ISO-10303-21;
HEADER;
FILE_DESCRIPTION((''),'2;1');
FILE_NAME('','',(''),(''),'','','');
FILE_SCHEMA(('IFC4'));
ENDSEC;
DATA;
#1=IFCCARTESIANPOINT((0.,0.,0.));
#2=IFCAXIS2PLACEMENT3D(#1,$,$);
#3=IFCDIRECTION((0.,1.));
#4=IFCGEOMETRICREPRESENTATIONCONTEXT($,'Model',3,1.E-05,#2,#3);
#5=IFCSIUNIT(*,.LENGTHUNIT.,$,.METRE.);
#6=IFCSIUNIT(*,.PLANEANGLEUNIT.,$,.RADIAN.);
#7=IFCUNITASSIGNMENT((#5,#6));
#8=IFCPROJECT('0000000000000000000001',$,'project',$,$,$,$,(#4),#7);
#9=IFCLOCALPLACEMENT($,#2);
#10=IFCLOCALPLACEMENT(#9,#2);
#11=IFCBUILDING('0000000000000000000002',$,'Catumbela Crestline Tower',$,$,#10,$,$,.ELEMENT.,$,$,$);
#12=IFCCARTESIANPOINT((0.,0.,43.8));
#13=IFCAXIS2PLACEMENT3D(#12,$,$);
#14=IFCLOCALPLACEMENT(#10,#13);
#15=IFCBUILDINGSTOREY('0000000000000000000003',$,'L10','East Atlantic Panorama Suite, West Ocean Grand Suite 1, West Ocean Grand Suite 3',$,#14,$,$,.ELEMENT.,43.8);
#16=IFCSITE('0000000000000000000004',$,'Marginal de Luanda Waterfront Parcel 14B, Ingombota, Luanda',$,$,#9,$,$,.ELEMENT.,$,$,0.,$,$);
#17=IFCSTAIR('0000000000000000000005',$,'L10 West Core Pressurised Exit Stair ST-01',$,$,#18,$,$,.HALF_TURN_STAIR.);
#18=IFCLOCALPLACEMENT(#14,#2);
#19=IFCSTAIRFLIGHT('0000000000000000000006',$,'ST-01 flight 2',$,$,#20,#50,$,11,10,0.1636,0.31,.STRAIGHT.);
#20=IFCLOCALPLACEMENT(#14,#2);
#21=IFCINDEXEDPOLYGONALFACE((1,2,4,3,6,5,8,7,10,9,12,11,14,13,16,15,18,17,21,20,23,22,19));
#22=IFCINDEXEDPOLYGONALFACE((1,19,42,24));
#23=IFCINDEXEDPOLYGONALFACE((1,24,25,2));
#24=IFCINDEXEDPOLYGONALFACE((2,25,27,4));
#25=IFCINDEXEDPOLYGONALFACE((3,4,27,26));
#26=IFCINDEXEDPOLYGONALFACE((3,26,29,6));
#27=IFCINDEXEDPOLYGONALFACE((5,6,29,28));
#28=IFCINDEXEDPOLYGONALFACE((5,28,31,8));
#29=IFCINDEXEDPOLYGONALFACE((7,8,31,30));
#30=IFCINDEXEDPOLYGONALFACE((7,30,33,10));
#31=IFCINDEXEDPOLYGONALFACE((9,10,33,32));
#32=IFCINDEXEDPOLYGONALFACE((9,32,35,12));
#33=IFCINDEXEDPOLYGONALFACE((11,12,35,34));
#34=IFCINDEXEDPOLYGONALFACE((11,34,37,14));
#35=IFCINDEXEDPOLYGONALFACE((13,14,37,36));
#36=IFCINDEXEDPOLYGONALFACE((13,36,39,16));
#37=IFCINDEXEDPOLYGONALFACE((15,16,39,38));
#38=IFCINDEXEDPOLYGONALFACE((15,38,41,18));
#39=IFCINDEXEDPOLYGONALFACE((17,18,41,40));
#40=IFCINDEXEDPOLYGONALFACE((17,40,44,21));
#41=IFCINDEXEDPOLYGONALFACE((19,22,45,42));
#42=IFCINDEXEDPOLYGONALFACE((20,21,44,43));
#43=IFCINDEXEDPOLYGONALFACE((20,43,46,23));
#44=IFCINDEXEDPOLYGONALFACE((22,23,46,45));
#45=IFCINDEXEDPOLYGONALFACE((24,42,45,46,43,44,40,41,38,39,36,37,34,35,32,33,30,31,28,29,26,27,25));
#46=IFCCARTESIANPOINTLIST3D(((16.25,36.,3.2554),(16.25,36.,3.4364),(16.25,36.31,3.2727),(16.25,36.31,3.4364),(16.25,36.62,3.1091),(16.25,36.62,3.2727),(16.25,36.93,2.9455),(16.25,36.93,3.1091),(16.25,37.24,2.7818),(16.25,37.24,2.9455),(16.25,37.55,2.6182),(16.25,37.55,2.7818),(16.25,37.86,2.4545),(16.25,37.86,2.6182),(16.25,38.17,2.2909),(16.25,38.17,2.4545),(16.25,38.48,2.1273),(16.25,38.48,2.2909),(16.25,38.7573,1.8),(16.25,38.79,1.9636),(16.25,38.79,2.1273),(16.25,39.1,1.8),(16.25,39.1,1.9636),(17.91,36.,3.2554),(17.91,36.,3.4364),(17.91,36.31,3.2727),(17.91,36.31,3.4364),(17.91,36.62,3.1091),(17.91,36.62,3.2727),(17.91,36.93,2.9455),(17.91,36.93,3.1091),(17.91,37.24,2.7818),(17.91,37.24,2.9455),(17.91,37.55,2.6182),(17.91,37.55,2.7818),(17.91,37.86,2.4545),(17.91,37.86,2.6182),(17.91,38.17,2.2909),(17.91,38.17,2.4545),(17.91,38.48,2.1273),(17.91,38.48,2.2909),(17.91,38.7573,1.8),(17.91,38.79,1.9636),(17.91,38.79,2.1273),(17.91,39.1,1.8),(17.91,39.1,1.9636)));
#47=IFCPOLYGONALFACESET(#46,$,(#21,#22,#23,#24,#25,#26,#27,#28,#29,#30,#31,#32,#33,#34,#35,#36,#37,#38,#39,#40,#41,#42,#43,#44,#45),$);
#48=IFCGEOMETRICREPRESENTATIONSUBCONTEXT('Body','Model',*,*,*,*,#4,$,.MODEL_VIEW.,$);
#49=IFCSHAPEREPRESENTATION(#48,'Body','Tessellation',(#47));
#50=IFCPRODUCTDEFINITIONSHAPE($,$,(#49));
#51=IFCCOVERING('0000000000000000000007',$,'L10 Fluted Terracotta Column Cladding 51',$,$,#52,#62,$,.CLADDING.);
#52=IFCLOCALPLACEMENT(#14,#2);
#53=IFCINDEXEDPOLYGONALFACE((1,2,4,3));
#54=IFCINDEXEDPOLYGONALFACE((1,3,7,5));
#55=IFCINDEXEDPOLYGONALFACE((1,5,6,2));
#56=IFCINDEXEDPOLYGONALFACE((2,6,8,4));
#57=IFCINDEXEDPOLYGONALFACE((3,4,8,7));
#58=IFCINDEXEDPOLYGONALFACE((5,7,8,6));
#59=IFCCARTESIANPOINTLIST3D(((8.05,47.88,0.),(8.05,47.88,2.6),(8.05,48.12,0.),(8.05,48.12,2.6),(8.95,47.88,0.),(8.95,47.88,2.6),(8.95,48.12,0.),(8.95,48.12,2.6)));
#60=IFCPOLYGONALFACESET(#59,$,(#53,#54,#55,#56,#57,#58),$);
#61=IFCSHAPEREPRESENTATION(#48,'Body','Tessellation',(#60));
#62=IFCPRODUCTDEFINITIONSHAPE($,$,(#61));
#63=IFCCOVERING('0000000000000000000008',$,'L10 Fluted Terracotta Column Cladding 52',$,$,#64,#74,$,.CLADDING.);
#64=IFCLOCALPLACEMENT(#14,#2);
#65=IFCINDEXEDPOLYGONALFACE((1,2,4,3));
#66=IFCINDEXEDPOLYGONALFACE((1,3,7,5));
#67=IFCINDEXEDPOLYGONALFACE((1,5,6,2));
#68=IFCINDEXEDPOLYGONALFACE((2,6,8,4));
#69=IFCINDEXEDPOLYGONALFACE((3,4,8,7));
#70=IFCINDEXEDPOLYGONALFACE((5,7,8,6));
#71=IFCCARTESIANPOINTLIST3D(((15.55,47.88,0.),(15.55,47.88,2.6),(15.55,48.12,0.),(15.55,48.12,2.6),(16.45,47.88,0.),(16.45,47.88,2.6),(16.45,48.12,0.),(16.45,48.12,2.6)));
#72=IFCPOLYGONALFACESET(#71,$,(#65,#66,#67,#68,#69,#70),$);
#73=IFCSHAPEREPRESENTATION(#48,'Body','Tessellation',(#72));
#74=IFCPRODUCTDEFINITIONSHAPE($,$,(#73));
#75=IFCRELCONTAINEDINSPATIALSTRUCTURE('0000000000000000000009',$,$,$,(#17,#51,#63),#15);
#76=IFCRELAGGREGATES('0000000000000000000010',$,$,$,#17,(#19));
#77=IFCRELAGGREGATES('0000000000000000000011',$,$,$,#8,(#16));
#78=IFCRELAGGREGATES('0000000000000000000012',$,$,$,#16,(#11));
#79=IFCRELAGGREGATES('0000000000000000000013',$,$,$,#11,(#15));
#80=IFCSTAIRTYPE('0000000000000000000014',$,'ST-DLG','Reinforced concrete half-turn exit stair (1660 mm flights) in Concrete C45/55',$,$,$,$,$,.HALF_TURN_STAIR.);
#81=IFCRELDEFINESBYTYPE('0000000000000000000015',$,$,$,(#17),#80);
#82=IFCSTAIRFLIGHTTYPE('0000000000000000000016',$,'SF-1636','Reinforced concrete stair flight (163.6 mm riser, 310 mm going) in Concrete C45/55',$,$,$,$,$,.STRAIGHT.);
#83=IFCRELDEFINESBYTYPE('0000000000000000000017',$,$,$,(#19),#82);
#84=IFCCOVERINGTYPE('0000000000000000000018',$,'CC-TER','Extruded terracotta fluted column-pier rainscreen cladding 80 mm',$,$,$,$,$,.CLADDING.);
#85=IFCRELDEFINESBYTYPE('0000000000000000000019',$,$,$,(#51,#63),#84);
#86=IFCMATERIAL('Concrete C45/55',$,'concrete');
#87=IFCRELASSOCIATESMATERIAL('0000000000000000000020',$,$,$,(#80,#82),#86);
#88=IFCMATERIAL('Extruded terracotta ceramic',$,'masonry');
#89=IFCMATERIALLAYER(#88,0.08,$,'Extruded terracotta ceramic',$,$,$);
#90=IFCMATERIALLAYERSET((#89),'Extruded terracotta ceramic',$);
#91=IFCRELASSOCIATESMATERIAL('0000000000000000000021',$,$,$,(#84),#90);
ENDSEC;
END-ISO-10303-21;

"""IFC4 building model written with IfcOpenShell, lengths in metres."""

from ifc_helpers import new_model, si_unit, direction, frame, origin, origin_2d, place, context, subcontext, project, spatial, polyline, rectangle, outline, extrude, material, layer, layer_set, type_object, element, aggregate, save


model = new_model("IFC4")

# Units and contexts
model_context = context("Model", 3, precision=1e-05, world=origin(), true_north=direction((0.0, 1.0)))
body_context = subcontext(model_context, "Body", "Model", "MODEL_VIEW")
ifc_project = project(units=[si_unit("LENGTHUNIT", "METRE"), si_unit("PLANEANGLEUNIT", "RADIAN")], contexts=[model_context])

# Site, building, storey
site_placement = place(None, origin())
site = spatial("IfcSite", under=ifc_project, at=site_placement, Name="Marginal de Luanda Waterfront Parcel 14B, Ingombota, Luanda", CompositionType="ELEMENT", RefElevation=0.0)
building_placement = place(site_placement, origin())
building = spatial("IfcBuilding", under=site, at=building_placement, Name="Catumbela Crestline Tower", CompositionType="ELEMENT")
storey_placement = place(building_placement, frame((0.0, 0.0, 43.8)))
storey = spatial("IfcBuildingStorey", under=building, at=storey_placement, Name="L10", Description="East Atlantic Panorama Suite, West Ocean Grand Suite 1, West Ocean Grand Suite 3", CompositionType="ELEMENT", Elevation=43.8)

# Stair, stair flight
ifc_material_1 = material(Name="Concrete C45/55", Category="concrete")
stair_type = type_object("IfcStairType", Name="ST-DLG", Description="Reinforced concrete half-turn exit stair (1660 mm flights) in Concrete C45/55", PredefinedType="HALF_TURN_STAIR", material=ifc_material_1)
stair_placement = place(storey_placement, origin())
stair = element("IfcStair", 1, at=stair_placement, inside=storey, type_object=stair_type, Name="L10 West Core Pressurised Exit Stair ST-01", PredefinedType="HALF_TURN_STAIR")
stair_flight_type = type_object("IfcStairFlightType", Name="SF-1636", Description="Reinforced concrete stair flight (163.6 mm riser, 310 mm going) in Concrete C45/55", PredefinedType="STRAIGHT", material=ifc_material_1)
stair_flight_1_placement = place(storey_placement, frame((17.08, 39.1, 1.8), z_axis=(0.0, 0.0, 1.0), x_axis=(0.0, -1.0, 0.0)))
stair_flight_1 = element("IfcStairFlight", 2, at=stair_flight_1_placement, type_object=stair_flight_type, Name="ST-01 flight 2", NumberOfRisers=11, NumberOfTreads=10, PredefinedType="STRAIGHT", RiserHeight=0.1636, TreadLength=0.31, context=body_context, shape_type="SweptSolid", body=[
    extrude(outline(polyline([(0.0, 0.0), (0.0, 0.1636), (0.31, 0.1636), (0.31, 0.3273), (0.62, 0.3273), (0.62, 0.4909), (0.93, 0.4909), (0.93, 0.6545), (1.24, 0.6545), (1.24, 0.8182), (1.55, 0.8182), (1.55, 0.9818), (1.86, 0.9818), (1.86, 1.1455), (2.17, 1.1455), (2.17, 1.3091), (2.48, 1.3091), (2.48, 1.4727), (2.79, 1.4727), (2.79, 1.6364), (3.1, 1.6364), (3.1, 1.8), (3.1, 1.4554), (0.3427, 0.0), (0.0, 0.0)])), frame((0.0, 0.83, 0.0), z_axis=(0.0, -1.0, 0.0), x_axis=(1.0, 0.0, 0.0)), (0.0, 0.0, 1.0), 1.66),
])
aggregate(stair, [stair_flight_1])

# Coverings
ifc_material_2 = material(Name="Extruded terracotta ceramic", Category="masonry")
ifc_layer_1 = layer(ifc_material_2, 0.08, Name="Extruded terracotta ceramic")
ifc_layer_set_1 = layer_set([ifc_layer_1], Name="Extruded terracotta ceramic")
covering_type = type_object("IfcCoveringType", Name="CC-TER", Description="Extruded terracotta fluted column-pier rainscreen cladding 80 mm", PredefinedType="CLADDING", material=ifc_layer_set_1)
for number, where, z_axis, x_axis, name in (
    (3, (8.5, 48.0, 0.0), (0.0, 0.0, 1.0), (-1.0, 0.0, 0.0), "L10 Fluted Terracotta Column Cladding 51"),
    (4, (16.0, 48.0, 0.0), (0.0, 0.0, 1.0), (-1.0, 0.0, 0.0), "L10 Fluted Terracotta Column Cladding 52"),
):
    element("IfcCovering", number, at=place(storey_placement, frame(where, z_axis=z_axis, x_axis=x_axis)), inside=storey, type_object=covering_type, Name=name, PredefinedType="CLADDING", context=body_context, shape_type="SweptSolid", body=[
        extrude(rectangle(XDim=0.9, YDim=0.24, at=origin_2d()), origin(), (0.0, 0.0, 1.0), 2.6),
    ])

save(model, "model.ifc")
